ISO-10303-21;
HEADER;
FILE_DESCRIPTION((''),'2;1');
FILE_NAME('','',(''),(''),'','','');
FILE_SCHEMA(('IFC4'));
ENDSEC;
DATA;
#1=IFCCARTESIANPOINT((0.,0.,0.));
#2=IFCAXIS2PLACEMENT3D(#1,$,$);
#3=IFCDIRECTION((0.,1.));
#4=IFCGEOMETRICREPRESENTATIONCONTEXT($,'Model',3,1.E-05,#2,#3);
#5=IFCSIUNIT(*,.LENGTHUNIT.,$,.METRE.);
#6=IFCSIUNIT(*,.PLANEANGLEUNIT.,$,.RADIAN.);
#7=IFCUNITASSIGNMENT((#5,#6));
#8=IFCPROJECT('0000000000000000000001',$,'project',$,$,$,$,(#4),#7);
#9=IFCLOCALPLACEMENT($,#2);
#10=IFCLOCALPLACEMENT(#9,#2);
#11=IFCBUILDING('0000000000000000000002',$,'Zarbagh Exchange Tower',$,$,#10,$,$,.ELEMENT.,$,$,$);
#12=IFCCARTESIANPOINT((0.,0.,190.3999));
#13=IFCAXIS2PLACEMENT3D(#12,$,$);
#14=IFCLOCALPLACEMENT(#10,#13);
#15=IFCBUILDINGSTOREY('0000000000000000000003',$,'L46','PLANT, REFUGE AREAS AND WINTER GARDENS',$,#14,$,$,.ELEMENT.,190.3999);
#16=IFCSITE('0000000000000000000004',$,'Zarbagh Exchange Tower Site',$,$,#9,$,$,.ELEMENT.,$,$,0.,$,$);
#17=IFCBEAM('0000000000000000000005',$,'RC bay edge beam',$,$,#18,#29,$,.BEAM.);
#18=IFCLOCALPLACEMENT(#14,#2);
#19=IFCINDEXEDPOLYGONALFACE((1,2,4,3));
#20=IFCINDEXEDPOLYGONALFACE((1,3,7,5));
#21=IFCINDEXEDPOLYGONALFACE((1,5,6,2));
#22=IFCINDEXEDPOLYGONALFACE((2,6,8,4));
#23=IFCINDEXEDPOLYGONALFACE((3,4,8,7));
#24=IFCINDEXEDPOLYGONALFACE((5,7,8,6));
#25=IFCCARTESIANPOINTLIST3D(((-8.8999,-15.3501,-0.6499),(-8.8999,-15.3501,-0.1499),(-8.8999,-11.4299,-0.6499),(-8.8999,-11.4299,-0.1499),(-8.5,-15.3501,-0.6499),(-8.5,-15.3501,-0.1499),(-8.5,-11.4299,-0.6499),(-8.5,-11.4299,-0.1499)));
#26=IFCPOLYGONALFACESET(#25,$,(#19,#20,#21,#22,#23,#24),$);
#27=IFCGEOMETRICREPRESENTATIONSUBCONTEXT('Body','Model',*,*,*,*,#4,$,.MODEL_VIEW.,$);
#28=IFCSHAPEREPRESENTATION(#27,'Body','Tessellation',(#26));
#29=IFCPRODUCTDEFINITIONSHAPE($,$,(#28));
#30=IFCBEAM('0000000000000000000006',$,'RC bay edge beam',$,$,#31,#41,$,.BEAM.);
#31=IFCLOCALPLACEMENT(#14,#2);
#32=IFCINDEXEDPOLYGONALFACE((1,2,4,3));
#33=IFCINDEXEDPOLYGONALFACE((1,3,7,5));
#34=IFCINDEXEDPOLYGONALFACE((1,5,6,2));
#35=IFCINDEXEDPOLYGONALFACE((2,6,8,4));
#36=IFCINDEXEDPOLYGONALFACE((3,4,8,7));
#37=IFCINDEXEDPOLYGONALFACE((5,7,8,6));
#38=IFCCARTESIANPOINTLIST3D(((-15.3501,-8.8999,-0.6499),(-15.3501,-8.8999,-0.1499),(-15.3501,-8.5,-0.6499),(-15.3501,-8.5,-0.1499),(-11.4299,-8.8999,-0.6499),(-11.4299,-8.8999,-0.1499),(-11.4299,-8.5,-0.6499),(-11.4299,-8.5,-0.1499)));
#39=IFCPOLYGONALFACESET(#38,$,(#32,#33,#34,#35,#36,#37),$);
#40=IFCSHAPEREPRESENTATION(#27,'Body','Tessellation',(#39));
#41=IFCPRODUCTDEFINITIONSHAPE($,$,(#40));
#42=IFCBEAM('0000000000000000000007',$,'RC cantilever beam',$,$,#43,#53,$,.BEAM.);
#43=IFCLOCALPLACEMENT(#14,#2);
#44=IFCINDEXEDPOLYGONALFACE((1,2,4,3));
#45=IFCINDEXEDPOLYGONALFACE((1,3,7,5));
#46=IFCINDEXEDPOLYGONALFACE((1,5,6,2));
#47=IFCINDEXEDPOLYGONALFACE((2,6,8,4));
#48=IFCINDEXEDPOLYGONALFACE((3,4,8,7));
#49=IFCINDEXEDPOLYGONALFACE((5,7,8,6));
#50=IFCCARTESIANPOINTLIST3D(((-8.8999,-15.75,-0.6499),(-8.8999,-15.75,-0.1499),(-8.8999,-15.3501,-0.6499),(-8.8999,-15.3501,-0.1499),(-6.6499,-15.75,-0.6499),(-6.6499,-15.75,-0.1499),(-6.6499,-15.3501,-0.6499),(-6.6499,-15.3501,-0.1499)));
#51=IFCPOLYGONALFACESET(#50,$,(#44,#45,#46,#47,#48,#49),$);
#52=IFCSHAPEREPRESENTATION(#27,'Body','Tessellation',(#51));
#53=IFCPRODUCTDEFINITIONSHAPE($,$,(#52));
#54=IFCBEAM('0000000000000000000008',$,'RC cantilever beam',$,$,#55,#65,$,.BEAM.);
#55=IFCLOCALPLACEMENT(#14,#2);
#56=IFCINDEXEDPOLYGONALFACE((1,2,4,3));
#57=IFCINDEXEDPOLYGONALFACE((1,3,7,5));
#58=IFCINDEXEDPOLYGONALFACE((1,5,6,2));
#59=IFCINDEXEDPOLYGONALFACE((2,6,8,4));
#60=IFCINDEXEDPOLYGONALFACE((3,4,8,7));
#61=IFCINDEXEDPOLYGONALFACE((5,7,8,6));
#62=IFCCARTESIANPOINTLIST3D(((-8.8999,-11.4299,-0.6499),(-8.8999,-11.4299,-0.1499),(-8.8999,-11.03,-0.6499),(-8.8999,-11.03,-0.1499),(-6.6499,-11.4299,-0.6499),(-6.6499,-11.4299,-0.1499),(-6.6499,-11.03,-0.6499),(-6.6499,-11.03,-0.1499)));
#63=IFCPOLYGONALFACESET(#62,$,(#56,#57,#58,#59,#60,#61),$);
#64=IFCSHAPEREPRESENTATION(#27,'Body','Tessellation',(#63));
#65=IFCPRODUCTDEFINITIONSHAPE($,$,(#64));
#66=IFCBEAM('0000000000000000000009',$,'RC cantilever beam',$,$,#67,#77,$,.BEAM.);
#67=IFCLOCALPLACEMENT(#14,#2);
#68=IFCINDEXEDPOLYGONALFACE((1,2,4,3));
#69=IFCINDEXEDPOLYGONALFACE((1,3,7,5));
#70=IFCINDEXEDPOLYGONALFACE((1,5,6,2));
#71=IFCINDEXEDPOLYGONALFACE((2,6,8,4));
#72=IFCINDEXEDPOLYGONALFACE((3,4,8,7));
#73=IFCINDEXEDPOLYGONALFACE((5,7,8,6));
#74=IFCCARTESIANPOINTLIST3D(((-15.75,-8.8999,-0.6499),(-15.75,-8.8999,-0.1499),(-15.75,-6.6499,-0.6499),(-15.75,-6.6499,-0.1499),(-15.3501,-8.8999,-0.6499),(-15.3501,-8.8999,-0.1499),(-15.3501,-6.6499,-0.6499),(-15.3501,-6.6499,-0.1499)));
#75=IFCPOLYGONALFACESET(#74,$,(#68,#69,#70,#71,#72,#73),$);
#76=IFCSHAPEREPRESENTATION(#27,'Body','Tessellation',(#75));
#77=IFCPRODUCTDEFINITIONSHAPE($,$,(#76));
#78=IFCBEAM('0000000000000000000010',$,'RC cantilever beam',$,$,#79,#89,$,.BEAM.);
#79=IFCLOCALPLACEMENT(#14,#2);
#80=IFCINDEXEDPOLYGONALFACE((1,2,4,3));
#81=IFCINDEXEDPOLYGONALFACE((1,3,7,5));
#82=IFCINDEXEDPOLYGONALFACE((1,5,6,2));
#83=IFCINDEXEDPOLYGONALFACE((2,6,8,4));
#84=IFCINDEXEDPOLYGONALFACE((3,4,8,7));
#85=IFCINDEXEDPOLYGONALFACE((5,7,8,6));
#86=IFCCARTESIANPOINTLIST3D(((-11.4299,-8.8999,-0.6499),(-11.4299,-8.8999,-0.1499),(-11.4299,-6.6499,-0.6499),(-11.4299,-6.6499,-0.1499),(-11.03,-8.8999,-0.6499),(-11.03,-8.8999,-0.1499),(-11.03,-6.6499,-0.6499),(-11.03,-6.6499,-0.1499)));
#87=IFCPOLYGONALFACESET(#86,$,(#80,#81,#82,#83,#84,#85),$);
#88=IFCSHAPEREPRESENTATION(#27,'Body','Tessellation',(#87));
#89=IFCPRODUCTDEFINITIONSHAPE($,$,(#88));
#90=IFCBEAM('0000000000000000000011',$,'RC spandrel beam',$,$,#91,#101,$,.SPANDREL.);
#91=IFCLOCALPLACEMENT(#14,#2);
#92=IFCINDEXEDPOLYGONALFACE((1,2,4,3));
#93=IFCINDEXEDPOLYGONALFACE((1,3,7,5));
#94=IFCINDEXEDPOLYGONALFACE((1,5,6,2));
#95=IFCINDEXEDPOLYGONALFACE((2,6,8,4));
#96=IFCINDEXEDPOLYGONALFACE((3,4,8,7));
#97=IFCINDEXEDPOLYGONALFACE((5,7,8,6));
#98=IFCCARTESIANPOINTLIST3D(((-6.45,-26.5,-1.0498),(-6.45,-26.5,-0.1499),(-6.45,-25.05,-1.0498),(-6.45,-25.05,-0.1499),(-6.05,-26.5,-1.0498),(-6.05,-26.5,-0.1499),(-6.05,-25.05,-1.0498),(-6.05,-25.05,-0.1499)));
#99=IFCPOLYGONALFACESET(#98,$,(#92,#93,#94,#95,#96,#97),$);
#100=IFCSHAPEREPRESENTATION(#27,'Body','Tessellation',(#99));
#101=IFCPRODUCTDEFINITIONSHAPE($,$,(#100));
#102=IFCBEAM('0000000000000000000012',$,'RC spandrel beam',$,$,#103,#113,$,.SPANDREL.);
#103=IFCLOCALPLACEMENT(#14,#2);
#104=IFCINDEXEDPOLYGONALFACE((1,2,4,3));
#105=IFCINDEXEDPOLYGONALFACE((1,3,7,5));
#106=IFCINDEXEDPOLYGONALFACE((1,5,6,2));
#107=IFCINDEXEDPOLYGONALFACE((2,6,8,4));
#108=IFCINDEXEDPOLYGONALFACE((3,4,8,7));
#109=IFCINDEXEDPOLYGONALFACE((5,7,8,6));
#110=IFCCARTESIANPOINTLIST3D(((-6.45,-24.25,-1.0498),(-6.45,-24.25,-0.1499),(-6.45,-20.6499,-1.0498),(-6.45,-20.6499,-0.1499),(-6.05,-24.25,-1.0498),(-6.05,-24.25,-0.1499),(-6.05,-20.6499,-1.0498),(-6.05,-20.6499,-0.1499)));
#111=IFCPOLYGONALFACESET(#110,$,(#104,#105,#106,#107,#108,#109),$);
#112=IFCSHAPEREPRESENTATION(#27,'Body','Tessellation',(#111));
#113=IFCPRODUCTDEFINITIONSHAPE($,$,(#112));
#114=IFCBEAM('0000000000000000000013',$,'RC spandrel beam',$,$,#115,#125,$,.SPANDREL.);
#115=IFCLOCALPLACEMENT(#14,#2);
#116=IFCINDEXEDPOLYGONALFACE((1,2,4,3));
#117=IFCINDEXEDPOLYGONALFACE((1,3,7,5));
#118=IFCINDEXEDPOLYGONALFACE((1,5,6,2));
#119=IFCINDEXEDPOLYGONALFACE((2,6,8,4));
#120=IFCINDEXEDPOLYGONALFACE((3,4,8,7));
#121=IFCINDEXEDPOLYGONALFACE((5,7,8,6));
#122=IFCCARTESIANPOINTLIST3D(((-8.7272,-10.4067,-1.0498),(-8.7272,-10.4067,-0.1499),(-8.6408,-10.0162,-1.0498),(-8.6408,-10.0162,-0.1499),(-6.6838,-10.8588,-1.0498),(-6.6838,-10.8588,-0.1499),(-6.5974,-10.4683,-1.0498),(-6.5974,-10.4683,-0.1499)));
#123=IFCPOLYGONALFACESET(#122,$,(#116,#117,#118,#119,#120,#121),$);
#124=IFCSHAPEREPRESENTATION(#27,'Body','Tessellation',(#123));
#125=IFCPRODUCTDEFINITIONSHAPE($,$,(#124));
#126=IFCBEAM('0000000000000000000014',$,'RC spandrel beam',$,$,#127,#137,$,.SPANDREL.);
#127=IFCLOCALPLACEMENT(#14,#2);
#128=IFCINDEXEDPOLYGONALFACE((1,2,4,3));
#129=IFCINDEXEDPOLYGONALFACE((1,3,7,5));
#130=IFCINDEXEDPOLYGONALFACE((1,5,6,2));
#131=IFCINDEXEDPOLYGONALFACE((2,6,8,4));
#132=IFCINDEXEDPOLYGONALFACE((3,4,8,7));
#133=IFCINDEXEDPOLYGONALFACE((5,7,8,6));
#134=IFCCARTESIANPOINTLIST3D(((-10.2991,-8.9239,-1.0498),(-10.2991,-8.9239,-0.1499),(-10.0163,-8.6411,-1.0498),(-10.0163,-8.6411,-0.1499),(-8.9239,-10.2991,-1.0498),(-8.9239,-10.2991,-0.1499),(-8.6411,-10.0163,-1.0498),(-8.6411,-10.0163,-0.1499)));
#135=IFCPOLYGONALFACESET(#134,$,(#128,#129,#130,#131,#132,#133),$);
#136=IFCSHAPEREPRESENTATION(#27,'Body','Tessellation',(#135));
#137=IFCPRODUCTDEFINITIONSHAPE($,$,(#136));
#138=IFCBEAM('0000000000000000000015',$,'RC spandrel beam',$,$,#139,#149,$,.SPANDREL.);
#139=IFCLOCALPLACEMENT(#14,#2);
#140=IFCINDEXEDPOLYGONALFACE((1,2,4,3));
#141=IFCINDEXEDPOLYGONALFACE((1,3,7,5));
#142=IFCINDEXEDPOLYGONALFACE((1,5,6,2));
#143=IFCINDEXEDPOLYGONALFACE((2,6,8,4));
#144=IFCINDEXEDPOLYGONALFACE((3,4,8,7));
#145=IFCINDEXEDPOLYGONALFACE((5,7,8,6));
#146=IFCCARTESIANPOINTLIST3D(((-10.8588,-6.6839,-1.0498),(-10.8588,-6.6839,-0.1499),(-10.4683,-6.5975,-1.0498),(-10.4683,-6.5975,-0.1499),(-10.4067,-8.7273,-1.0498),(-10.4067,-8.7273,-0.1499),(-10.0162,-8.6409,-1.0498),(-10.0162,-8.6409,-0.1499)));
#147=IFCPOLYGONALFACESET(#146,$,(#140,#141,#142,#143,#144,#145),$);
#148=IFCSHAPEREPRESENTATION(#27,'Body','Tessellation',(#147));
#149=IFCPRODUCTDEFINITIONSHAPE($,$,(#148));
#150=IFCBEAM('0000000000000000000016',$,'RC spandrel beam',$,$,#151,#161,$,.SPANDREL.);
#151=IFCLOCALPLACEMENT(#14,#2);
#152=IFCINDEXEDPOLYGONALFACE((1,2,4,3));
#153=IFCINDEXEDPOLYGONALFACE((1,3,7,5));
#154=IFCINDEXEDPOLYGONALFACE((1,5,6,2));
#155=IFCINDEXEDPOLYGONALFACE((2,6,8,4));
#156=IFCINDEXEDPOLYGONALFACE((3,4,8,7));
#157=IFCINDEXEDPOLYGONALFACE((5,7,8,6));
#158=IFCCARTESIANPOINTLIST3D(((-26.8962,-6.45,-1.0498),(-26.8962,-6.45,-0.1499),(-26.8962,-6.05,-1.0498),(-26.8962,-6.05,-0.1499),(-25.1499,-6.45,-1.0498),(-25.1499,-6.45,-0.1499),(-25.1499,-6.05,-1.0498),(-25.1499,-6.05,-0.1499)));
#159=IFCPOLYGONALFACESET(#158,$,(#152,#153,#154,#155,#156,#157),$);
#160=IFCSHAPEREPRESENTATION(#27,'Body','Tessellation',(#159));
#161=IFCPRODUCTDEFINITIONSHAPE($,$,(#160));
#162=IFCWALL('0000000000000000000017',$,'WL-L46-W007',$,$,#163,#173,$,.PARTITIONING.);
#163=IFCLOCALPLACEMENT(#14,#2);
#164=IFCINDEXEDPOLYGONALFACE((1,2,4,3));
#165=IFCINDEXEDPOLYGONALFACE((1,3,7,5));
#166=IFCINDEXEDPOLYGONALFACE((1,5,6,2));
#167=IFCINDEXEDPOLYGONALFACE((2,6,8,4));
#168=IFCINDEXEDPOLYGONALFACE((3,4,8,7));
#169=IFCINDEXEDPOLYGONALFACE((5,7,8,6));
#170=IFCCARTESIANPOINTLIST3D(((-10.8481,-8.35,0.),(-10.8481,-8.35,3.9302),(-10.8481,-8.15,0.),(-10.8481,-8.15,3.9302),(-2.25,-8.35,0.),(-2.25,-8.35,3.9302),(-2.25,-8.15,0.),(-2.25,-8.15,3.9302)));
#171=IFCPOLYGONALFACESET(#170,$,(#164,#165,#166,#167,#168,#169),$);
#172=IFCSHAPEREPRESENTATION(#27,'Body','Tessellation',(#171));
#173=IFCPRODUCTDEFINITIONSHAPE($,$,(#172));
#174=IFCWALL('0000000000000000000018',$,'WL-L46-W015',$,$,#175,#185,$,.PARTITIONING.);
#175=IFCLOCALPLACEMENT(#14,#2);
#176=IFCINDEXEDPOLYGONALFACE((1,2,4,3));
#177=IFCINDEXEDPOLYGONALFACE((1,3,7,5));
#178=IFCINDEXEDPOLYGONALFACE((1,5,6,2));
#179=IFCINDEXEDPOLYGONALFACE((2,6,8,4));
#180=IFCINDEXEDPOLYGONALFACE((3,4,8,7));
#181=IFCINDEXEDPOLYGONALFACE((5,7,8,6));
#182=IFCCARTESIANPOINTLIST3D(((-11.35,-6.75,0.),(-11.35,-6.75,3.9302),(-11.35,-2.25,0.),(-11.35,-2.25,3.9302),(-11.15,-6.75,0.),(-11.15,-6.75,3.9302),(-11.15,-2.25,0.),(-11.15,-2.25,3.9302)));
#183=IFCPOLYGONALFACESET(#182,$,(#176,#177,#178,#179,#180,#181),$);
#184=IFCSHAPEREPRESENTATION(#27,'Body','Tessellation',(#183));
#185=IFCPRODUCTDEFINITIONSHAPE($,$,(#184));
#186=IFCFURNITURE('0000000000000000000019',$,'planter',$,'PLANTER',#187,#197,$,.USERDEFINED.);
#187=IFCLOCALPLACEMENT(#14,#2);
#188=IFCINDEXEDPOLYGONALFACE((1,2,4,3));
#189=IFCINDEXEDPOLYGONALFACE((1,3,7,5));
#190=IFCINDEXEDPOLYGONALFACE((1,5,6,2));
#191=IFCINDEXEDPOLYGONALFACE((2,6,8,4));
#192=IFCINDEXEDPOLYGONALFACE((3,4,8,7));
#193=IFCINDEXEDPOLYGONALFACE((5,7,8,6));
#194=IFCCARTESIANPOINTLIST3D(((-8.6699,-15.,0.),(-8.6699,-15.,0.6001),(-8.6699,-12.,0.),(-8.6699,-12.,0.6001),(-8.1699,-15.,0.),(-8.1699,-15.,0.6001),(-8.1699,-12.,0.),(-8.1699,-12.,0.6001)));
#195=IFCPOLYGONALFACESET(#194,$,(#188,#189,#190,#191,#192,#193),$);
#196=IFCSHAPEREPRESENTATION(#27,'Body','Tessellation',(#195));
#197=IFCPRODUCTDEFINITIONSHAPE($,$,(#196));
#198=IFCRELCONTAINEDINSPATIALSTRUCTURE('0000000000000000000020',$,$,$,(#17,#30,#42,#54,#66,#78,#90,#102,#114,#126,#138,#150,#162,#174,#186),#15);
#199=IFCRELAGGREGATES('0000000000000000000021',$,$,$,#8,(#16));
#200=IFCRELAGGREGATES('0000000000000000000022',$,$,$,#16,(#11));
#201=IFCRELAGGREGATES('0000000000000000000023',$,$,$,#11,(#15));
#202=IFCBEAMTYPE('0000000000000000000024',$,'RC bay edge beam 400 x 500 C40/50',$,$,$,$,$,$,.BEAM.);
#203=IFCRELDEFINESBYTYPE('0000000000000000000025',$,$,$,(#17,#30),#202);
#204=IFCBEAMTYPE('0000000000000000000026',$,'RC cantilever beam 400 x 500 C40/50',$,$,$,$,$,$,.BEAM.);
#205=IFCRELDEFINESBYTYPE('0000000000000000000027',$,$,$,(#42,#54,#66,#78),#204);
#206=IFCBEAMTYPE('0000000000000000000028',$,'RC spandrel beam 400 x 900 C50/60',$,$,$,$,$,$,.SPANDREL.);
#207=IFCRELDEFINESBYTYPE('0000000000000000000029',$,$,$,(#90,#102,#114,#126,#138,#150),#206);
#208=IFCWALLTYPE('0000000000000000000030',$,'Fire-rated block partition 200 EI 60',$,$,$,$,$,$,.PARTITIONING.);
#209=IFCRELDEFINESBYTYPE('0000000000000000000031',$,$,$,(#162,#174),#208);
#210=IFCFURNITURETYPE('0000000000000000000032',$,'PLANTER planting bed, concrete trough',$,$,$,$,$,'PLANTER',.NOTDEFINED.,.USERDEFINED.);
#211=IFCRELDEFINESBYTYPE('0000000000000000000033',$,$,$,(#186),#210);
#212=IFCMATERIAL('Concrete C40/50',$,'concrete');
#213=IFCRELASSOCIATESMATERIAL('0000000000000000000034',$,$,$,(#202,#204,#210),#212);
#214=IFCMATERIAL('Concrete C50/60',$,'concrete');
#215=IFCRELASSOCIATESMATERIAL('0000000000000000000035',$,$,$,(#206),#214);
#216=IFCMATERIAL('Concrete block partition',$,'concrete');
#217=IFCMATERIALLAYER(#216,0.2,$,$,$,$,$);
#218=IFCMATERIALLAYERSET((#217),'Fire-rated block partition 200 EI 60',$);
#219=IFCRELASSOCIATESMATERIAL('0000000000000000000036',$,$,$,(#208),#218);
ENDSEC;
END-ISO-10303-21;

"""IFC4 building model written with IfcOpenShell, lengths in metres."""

from ifc_helpers import new_model, si_unit, direction, frame, frame_2d, origin, origin_2d, place, context, subcontext, project, spatial, rectangle, extrude, material, layer, layer_set, material_profile, profile_set, type_object, element, save


model = new_model("IFC4")

# Units and contexts
model_context = context("Model", 3, precision=1e-05, world=origin(), true_north=direction((0.0, 1.0)))
body_context = subcontext(model_context, "Body", "Model", "MODEL_VIEW")
ifc_project = project(units=[si_unit("LENGTHUNIT", "METRE"), si_unit("PLANEANGLEUNIT", "RADIAN")], contexts=[model_context])

# Site, building, storey
site_placement = place(None, origin())
site = spatial("IfcSite", under=ifc_project, at=site_placement, Name="Zarbagh Exchange Tower Site", CompositionType="ELEMENT", RefElevation=0.0)
building_placement = place(site_placement, origin())
building = spatial("IfcBuilding", under=site, at=building_placement, Name="Zarbagh Exchange Tower", CompositionType="ELEMENT")
storey_placement = place(building_placement, frame((0.0, 0.0, 190.3999)))
storey = spatial("IfcBuildingStorey", under=building, at=storey_placement, Name="L46", Description="PLANT, REFUGE AREAS AND WINTER GARDENS", CompositionType="ELEMENT", Elevation=190.3999)

# Shared definitions
ifc_material_1 = material(Name="Concrete C50/60", Category="concrete")

# Beams
ifc_material_2 = material(Name="Concrete C40/50", Category="concrete")
ifc_material_profile_1 = material_profile(ifc_material_2, rectangle(XDim=0.3999, YDim=0.5, at=origin_2d()), Name="RC bay edge beam 400 x 500 C40/50")
ifc_profile_set_1 = profile_set([ifc_material_profile_1], Name="Concrete C40/50")
beam_type_1 = type_object("IfcBeamType", Name="RC bay edge beam 400 x 500 C40/50", PredefinedType="BEAM", material=ifc_profile_set_1)
for number, where, z_axis, x_axis, name in (
    (1, (-8.7, -15.3501, -0.3999), (0.0, 1.0, 0.0), (-1.0, 0.0, 0.0), "RC bay edge beam"),
    (2, (-15.3501, -8.7, -0.3999), (1.0, 0.0, 0.0), (0.0, 1.0, 0.0), "RC bay edge beam"),
):
    element("IfcBeam", number, at=place(storey_placement, frame(where, z_axis=z_axis, x_axis=x_axis)), inside=storey, type_object=beam_type_1, Name=name, PredefinedType="BEAM", context=body_context, shape_type="SweptSolid", body=[
        extrude(rectangle(XDim=0.3999, YDim=0.5, at=origin_2d()), origin(), (0.0, 0.0, 1.0), 3.9202),
    ])
ifc_material_profile_2 = material_profile(ifc_material_2, rectangle(XDim=0.3999, YDim=0.5, at=origin_2d()), Name="RC cantilever beam 400 x 500 C40/50")
ifc_profile_set_2 = profile_set([ifc_material_profile_2], Name="Concrete C40/50")
beam_type_2 = type_object("IfcBeamType", Name="RC cantilever beam 400 x 500 C40/50", PredefinedType="BEAM", material=ifc_profile_set_2)
for number, where, z_axis, x_axis, name in (
    (3, (-6.6499, -15.55, -0.3999), (-1.0, 0.0, 0.0), (0.0, -1.0, 0.0), "RC cantilever beam"),
    (4, (-6.6499, -11.23, -0.3999), (-1.0, 0.0, 0.0), (0.0, -1.0, 0.0), "RC cantilever beam"),
    (5, (-15.55, -6.6499, -0.3999), (0.0, -1.0, 0.0), (1.0, 0.0, 0.0), "RC cantilever beam"),
    (6, (-11.23, -6.6499, -0.3999), (0.0, -1.0, 0.0), (1.0, 0.0, 0.0), "RC cantilever beam"),
):
    element("IfcBeam", number, at=place(storey_placement, frame(where, z_axis=z_axis, x_axis=x_axis)), inside=storey, type_object=beam_type_2, Name=name, PredefinedType="BEAM", context=body_context, shape_type="SweptSolid", body=[
        extrude(rectangle(XDim=0.3999, YDim=0.5, at=origin_2d()), origin(), (0.0, 0.0, 1.0), 2.25),
    ])
ifc_material_profile_3 = material_profile(ifc_material_1, rectangle(XDim=0.3999, YDim=0.8999, at=origin_2d()), Name="RC spandrel beam 400 x 900 C50/60")
ifc_profile_set_3 = profile_set([ifc_material_profile_3], Name="Concrete C50/60")
beam_type_3 = type_object("IfcBeamType", Name="RC spandrel beam 400 x 900 C50/60", PredefinedType="SPANDREL", material=ifc_profile_set_3)
beam_1_placement = place(storey_placement, frame((-6.25, -26.5, -0.5999), z_axis=(0.0, 1.0, 0.0), x_axis=(-1.0, 0.0, 0.0)))
element("IfcBeam", 7, at=beam_1_placement, inside=storey, type_object=beam_type_3, Name="RC spandrel beam", PredefinedType="SPANDREL", context=body_context, shape_type="SweptSolid", body=[
    extrude(rectangle(XDim=0.3999, YDim=0.8999, at=origin_2d()), origin(), (0.0, 0.0, 1.0), 1.45),
])
beam_2_placement = place(storey_placement, frame((-6.25, -24.25, -0.5999), z_axis=(0.0, 1.0, 0.0), x_axis=(-1.0, 0.0, 0.0)))
element("IfcBeam", 8, at=beam_2_placement, inside=storey, type_object=beam_type_3, Name="RC spandrel beam", PredefinedType="SPANDREL", context=body_context, shape_type="SweptSolid", body=[
    extrude(rectangle(XDim=0.3999, YDim=0.8999, at=origin_2d()), origin(), (0.0, 0.0, 1.0), 3.6001),
])
beam_3_placement = place(storey_placement, frame((-6.6406, -10.6636, -0.5999), z_axis=(-0.976384, 0.216041, 0.0), x_axis=(-0.216041, -0.976384, 0.0)))
element("IfcBeam", 9, at=beam_3_placement, inside=storey, type_object=beam_type_3, Name="RC spandrel beam", PredefinedType="SPANDREL", context=body_context, shape_type="SweptSolid", body=[
    extrude(rectangle(XDim=0.3999, YDim=0.8999, at=origin_2d()), origin(), (0.0, 0.0, 1.0), 2.0928),
])
beam_4_placement = place(storey_placement, frame((-8.7825, -10.1577, -0.5999), z_axis=(-0.707107, 0.707107, 0.0), x_axis=(-0.707107, -0.707107, 0.0)))
element("IfcBeam", 10, at=beam_4_placement, inside=storey, type_object=beam_type_3, Name="RC spandrel beam", PredefinedType="SPANDREL", context=body_context, shape_type="SweptSolid", body=[
    extrude(rectangle(XDim=0.3999, YDim=0.8999, at=origin_2d()), origin(), (0.0, 0.0, 1.0), 1.9448),
])
beam_5_placement = place(storey_placement, frame((-10.2114, -8.6841, -0.5999), z_axis=(-0.216041, 0.976384, 0.0), x_axis=(-0.976384, -0.216041, 0.0)))
element("IfcBeam", 11, at=beam_5_placement, inside=storey, type_object=beam_type_3, Name="RC spandrel beam", PredefinedType="SPANDREL", context=body_context, shape_type="SweptSolid", body=[
    extrude(rectangle(XDim=0.3999, YDim=0.8999, at=origin_2d()), origin(), (0.0, 0.0, 1.0), 2.0928),
])
beam_6_placement = place(storey_placement, frame((-25.1499, -6.25, -0.5999), z_axis=(-1.0, 0.0, 0.0), x_axis=(0.0, -1.0, 0.0)))
element("IfcBeam", 12, at=beam_6_placement, inside=storey, type_object=beam_type_3, Name="RC spandrel beam", PredefinedType="SPANDREL", context=body_context, shape_type="SweptSolid", body=[
    extrude(rectangle(XDim=0.3999, YDim=0.8999, at=origin_2d()), origin(), (0.0, 0.0, 1.0), 1.7463),
])

# Walls
ifc_material_3 = material(Name="Concrete block partition", Category="concrete")
ifc_layer_1 = layer(ifc_material_3, 0.2)
ifc_layer_set_1 = layer_set([ifc_layer_1], Name="Fire-rated block partition 200 EI 60")
wall_type_1 = type_object("IfcWallType", Name="Fire-rated block partition 200 EI 60", PredefinedType="PARTITIONING", material=ifc_layer_set_1)
wall_1_placement = place(storey_placement, frame((-10.8481, -8.25, 0.0), z_axis=(0.0, 0.0, 1.0), x_axis=(1.0, 0.0, 0.0)))
element("IfcWall", 13, at=wall_1_placement, inside=storey, type_object=wall_type_1, Name="WL-L46-W007", PredefinedType="PARTITIONING", context=body_context, shape_type="SweptSolid", body=[
    extrude(rectangle(XDim=8.5981, YDim=0.2, at=frame_2d((4.2991, 0.0))), origin(), (0.0, 0.0, 1.0), 3.9302),
])
wall_2_placement = place(storey_placement, frame((-11.25, -6.75, 0.0), z_axis=(0.0, 0.0, 1.0), x_axis=(0.0, 1.0, 0.0)))
element("IfcWall", 14, at=wall_2_placement, inside=storey, type_object=wall_type_1, Name="WL-L46-W015", PredefinedType="PARTITIONING", context=body_context, shape_type="SweptSolid", body=[
    extrude(rectangle(XDim=4.5, YDim=0.2, at=frame_2d((2.25, 0.0))), origin(), (0.0, 0.0, 1.0), 3.9302),
])

# Furniture
furniture_type = type_object("IfcFurnitureType", Name="PLANTER planting bed, concrete trough", ElementType="PLANTER", AssemblyPlace="NOTDEFINED", PredefinedType="USERDEFINED", material=ifc_material_2)
for number, where, z_axis, x_axis, name in (
    (15, (-8.4199, -13.5, 0.0), (0.0, 0.0, 1.0), (0.0, 1.0, 0.0), "planter"),
):
    element("IfcFurniture", number, at=place(storey_placement, frame(where, z_axis=z_axis, x_axis=x_axis)), inside=storey, type_object=furniture_type, Name=name, ObjectType="PLANTER", PredefinedType="USERDEFINED", context=body_context, shape_type="SweptSolid", body=[
        extrude(rectangle(XDim=3.0, YDim=0.5, at=origin_2d()), origin(), (0.0, 0.0, 1.0), 0.6001),
    ])

save(model, "model.ifc")
